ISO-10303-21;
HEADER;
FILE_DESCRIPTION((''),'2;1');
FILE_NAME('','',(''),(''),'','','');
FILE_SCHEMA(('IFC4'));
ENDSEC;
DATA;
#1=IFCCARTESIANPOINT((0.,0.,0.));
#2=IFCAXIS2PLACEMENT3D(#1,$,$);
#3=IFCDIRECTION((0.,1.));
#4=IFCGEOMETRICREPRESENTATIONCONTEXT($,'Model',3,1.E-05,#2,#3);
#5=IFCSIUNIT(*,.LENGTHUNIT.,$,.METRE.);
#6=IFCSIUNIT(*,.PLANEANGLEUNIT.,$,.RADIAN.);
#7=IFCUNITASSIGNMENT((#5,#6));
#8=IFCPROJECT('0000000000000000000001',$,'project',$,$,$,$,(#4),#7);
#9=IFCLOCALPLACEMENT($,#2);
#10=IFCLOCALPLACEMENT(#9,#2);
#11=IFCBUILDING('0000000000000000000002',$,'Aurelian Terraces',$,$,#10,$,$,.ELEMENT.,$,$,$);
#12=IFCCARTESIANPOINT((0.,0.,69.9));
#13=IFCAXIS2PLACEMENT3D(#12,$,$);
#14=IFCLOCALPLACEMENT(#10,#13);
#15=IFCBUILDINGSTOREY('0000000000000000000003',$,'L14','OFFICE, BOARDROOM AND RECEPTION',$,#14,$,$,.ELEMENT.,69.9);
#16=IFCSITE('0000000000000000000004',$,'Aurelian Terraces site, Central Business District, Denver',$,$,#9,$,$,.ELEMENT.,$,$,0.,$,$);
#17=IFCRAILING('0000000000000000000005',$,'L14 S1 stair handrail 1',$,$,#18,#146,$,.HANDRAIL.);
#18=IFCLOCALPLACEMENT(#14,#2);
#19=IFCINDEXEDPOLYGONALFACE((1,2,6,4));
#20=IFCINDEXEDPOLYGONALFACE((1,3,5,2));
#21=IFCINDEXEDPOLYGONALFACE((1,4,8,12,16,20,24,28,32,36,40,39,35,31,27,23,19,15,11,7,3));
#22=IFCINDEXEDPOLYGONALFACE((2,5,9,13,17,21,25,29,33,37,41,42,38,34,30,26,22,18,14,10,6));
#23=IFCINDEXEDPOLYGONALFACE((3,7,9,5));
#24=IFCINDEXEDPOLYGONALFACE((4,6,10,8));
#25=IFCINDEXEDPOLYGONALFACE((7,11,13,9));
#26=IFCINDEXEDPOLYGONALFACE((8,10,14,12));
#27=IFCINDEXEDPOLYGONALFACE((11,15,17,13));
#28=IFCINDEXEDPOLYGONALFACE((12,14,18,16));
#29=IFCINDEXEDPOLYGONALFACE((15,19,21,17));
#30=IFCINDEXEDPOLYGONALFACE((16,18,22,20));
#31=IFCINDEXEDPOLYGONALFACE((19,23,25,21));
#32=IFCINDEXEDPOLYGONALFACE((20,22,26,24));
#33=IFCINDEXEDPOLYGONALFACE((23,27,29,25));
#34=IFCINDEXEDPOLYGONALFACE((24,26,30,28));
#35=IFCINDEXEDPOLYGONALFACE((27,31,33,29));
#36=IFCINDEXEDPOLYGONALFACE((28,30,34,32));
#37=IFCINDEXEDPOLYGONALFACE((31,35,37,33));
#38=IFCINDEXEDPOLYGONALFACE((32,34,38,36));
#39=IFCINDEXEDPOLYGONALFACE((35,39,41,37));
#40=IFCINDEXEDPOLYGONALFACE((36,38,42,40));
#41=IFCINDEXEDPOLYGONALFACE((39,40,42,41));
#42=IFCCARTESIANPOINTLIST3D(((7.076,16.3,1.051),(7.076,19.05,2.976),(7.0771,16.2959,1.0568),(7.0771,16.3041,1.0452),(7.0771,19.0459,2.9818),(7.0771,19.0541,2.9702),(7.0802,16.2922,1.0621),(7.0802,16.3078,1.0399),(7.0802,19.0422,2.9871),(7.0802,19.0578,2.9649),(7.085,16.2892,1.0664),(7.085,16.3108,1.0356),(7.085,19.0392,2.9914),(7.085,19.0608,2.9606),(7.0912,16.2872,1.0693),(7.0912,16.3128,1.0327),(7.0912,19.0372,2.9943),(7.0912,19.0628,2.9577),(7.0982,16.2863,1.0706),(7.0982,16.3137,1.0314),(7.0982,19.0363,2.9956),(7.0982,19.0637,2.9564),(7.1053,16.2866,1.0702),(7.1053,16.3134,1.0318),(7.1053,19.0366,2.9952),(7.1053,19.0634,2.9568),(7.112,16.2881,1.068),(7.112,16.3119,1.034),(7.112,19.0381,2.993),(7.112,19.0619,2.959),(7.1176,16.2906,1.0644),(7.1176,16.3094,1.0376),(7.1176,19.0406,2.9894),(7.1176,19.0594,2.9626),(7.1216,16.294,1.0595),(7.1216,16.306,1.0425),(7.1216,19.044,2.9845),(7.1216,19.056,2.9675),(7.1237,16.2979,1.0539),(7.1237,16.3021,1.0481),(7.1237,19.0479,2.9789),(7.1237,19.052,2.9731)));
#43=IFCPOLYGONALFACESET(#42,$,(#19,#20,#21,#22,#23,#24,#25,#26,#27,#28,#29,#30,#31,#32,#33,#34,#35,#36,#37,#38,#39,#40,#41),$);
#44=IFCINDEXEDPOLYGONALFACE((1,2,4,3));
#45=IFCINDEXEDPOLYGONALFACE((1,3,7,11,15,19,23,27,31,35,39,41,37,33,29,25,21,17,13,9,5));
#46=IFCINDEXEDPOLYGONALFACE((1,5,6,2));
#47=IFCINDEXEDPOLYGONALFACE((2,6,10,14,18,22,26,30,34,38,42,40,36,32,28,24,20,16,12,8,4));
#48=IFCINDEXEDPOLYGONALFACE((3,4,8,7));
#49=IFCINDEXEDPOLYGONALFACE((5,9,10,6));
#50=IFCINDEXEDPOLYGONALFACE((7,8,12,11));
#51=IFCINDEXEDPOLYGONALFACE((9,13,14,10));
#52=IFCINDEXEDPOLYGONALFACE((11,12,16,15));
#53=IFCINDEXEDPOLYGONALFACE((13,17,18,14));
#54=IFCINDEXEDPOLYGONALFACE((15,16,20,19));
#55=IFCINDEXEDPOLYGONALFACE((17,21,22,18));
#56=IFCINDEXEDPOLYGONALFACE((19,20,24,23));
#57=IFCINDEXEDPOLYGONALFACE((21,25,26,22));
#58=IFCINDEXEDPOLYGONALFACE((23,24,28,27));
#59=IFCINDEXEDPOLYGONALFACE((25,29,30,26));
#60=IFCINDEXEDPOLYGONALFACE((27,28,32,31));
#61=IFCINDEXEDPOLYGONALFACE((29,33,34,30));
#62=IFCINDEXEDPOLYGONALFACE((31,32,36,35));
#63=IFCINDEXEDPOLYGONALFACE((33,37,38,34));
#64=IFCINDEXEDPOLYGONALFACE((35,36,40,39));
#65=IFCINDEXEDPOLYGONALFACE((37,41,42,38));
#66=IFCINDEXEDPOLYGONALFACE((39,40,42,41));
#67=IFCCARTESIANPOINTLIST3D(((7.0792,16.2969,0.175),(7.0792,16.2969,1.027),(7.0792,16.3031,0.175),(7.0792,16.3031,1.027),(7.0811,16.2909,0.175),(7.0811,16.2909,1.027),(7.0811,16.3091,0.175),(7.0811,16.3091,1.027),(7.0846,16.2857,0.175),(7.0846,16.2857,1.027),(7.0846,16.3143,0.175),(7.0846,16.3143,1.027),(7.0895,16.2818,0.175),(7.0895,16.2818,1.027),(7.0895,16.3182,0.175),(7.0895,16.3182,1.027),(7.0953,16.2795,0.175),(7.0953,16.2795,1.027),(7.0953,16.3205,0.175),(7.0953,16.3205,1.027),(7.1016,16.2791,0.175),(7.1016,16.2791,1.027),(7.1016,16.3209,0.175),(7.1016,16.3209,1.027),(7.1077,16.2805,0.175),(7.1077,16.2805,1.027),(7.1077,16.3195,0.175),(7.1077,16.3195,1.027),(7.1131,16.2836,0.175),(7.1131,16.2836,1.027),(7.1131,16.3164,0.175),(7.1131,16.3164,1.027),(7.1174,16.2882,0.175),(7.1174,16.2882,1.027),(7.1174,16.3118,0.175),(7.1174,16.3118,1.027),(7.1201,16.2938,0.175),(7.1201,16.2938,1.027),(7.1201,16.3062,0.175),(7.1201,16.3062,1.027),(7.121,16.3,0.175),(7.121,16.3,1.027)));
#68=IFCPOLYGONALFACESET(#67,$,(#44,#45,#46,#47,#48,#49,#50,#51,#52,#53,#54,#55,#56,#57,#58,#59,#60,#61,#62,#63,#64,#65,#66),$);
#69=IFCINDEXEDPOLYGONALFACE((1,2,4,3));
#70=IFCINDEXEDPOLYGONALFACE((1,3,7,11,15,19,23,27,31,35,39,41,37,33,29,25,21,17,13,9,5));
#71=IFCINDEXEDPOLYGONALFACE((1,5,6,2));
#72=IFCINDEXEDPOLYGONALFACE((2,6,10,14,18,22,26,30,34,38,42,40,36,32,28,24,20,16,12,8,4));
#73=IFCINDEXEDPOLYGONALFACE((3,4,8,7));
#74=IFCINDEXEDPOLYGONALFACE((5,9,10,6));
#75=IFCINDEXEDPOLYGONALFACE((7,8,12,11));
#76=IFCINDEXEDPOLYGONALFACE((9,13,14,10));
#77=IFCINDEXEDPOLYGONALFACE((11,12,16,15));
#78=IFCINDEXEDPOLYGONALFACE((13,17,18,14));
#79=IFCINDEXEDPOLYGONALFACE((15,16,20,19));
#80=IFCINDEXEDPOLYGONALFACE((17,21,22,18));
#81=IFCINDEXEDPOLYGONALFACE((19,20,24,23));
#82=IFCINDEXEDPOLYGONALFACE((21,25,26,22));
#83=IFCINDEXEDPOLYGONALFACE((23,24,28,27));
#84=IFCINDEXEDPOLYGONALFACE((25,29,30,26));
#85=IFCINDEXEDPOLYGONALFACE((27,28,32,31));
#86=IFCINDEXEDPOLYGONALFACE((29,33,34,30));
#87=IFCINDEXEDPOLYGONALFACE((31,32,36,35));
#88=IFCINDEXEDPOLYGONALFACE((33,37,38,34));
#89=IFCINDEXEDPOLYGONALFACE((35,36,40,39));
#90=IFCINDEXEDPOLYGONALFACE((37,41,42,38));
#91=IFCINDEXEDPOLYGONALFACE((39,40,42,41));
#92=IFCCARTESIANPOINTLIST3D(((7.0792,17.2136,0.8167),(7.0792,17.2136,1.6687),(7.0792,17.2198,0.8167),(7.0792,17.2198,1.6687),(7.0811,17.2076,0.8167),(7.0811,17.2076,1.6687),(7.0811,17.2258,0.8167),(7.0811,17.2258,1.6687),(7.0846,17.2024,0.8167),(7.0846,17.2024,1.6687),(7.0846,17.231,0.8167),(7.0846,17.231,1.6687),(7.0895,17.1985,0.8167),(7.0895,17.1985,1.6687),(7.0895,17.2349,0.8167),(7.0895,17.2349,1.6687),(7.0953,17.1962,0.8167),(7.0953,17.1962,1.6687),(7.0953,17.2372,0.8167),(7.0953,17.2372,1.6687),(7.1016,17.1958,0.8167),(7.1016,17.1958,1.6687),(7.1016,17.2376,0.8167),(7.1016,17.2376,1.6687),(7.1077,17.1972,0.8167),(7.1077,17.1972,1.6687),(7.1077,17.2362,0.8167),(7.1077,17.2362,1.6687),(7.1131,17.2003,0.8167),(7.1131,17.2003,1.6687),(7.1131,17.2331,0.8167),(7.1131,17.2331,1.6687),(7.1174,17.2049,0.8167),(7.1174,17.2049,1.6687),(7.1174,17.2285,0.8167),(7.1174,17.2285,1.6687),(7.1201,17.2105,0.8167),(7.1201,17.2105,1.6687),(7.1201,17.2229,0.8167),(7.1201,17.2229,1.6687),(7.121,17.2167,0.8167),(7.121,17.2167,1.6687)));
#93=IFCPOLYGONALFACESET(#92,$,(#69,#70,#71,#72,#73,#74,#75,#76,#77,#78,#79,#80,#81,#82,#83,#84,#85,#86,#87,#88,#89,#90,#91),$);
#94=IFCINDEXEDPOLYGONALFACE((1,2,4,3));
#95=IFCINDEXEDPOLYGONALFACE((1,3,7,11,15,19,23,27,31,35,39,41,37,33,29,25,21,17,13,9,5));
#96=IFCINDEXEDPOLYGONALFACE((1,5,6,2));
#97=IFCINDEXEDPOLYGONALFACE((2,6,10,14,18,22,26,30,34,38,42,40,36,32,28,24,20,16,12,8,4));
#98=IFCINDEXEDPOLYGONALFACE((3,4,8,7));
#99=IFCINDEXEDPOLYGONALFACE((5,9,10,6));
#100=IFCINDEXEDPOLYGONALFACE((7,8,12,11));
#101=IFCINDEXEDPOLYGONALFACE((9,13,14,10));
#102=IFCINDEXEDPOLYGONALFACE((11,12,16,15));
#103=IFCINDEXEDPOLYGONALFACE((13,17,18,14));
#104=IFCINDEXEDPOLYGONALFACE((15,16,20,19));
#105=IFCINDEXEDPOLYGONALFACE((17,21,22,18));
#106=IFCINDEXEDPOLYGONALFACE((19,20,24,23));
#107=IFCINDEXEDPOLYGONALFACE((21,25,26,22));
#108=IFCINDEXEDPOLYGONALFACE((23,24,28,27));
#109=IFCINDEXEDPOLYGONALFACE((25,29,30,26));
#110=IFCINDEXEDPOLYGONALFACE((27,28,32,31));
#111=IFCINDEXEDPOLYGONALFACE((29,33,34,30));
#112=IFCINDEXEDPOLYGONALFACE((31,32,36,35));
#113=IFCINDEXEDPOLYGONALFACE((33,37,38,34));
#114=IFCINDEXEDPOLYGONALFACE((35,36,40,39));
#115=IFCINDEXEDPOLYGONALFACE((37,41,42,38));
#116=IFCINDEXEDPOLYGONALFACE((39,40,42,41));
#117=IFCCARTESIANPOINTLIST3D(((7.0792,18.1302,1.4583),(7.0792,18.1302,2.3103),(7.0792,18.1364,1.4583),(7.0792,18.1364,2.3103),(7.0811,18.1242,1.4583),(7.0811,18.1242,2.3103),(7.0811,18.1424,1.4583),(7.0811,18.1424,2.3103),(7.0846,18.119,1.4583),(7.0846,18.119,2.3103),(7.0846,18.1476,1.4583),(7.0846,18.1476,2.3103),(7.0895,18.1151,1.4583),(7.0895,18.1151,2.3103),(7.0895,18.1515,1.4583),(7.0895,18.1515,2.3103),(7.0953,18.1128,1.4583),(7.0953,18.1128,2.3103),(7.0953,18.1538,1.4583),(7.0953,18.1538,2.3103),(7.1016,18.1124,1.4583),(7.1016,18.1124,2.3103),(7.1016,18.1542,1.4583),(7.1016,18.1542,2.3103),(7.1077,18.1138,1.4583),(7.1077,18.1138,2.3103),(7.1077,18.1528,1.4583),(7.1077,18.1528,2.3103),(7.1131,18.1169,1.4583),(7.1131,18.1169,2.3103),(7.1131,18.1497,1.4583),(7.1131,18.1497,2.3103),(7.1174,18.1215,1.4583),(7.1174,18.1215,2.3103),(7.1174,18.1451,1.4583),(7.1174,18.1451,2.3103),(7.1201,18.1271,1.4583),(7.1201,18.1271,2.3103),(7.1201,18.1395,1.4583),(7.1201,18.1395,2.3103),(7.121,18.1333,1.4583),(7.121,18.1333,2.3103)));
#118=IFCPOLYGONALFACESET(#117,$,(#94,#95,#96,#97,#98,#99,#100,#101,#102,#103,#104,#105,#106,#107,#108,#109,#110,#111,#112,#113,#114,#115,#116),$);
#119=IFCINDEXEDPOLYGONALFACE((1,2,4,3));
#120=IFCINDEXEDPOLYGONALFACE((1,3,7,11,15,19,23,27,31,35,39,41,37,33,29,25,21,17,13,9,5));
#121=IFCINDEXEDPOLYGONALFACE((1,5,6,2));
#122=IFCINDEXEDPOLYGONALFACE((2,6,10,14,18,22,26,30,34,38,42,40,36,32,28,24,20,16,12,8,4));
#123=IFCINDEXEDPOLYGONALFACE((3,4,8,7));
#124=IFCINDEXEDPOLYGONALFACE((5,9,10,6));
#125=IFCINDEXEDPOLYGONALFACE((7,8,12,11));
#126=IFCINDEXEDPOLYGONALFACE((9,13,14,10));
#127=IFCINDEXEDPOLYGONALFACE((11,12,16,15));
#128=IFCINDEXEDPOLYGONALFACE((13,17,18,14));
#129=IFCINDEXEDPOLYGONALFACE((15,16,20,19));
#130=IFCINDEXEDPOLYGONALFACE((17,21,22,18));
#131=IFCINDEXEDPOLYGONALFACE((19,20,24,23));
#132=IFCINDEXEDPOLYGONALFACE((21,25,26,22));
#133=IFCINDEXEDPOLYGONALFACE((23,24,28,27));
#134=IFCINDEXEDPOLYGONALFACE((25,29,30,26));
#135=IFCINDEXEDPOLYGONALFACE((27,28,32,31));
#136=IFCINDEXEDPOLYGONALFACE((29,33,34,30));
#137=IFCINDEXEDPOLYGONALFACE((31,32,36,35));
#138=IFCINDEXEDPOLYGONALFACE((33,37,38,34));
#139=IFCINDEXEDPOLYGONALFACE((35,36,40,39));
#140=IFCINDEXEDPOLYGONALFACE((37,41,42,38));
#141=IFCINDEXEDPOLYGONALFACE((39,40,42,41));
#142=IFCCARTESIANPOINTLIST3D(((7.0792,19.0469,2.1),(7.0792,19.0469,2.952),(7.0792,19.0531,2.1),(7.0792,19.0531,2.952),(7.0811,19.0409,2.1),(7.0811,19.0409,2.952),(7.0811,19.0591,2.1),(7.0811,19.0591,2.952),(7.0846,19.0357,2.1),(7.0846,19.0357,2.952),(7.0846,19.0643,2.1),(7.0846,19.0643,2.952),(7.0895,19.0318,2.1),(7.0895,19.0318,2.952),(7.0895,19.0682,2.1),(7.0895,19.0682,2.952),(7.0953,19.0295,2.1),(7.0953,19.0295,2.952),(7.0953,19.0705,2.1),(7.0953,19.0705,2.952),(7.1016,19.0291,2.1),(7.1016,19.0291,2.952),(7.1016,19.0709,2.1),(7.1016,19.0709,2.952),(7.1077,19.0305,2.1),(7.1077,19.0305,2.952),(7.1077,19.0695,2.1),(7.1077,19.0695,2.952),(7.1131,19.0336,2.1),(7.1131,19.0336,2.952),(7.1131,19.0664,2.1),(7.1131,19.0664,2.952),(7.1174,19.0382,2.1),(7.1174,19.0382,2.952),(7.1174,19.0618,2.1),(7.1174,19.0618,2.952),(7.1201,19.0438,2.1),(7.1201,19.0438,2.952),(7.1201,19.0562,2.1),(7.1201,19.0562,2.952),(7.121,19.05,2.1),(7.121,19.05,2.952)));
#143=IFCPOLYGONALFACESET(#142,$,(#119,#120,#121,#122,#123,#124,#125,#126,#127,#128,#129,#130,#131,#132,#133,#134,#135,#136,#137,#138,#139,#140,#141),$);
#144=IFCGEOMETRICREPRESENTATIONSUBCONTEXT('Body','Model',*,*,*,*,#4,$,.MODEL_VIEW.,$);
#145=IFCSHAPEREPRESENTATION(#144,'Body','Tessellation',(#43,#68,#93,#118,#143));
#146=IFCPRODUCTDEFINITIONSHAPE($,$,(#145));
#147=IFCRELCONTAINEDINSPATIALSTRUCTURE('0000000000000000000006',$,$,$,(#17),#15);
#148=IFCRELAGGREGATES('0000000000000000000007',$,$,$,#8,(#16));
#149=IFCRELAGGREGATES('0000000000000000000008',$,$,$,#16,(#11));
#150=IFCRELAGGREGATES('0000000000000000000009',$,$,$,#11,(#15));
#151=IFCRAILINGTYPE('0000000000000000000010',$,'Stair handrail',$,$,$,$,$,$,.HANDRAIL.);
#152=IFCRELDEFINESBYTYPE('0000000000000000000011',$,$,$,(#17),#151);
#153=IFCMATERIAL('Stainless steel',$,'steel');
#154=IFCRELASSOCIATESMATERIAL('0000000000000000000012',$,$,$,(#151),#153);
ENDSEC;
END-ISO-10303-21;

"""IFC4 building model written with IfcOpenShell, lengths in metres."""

from ifc_helpers import new_model, si_unit, direction, frame, origin, origin_2d, place, context, subcontext, project, spatial, circle, extrude, source, transform, mapped, material, type_object, element, save


model = new_model("IFC4")

# Units and contexts
model_context = context("Model", 3, precision=1e-05, world=origin(), true_north=direction((0.0, 1.0)))
body_context = subcontext(model_context, "Body", "Model", "MODEL_VIEW")
ifc_project = project(units=[si_unit("LENGTHUNIT", "METRE"), si_unit("PLANEANGLEUNIT", "RADIAN")], contexts=[model_context])

# Site, building, storey
site_placement = place(None, origin())
site = spatial("IfcSite", under=ifc_project, at=site_placement, Name="Aurelian Terraces site, Central Business District, Denver", CompositionType="ELEMENT", RefElevation=0.0)
building_placement = place(site_placement, origin())
building = spatial("IfcBuilding", under=site, at=building_placement, Name="Aurelian Terraces", CompositionType="ELEMENT")
storey_placement = place(building_placement, frame((0.0, 0.0, 69.9)))
storey = spatial("IfcBuildingStorey", under=building, at=storey_placement, Name="L14", Description="OFFICE, BOARDROOM AND RECEPTION", CompositionType="ELEMENT", Elevation=69.9)

# Railing
ifc_material_1 = material(Name="Stainless steel", Category="steel")
railing_type_1 = type_object("IfcRailingType", Name="Stair handrail", PredefinedType="HANDRAIL", material=ifc_material_1)
shared_shape_1 = source(origin(), body_context, "Body", "SweptSolid", [
    extrude(circle(Radius=0.024, at=origin_2d()), frame((0.0, 0.0, 0.876), z_axis=(0.0, 0.819232, 0.573462), x_axis=(-1.0, 0.0, 0.0)), (0.0, 0.0, 1.0), 3.3568),
    extrude(circle(Radius=0.021, at=origin_2d()), origin(), (0.0, 0.0, 1.0), 0.852),
    extrude(circle(Radius=0.021, at=origin_2d()), frame((0.0, 0.9167, 0.6417)), (0.0, 0.0, 1.0), 0.852),
    extrude(circle(Radius=0.021, at=origin_2d()), frame((0.0, 1.8333, 1.2833)), (0.0, 0.0, 1.0), 0.852),
    extrude(circle(Radius=0.021, at=origin_2d()), frame((0.0, 2.75, 1.925)), (0.0, 0.0, 1.0), 0.852),
])
railing_1_placement = place(storey_placement, frame((7.1, 16.3, 0.175)))
element("IfcRailing", 1, at=railing_1_placement, inside=storey, type_object=railing_type_1, Name="L14 S1 stair handrail 1", PredefinedType="HANDRAIL", context=body_context, shape_type="MappedRepresentation", body=[
    mapped(shared_shape_1, transform((0.0, 0.0, 0.0), scale=1.0)),
])

save(model, "model.ifc")
